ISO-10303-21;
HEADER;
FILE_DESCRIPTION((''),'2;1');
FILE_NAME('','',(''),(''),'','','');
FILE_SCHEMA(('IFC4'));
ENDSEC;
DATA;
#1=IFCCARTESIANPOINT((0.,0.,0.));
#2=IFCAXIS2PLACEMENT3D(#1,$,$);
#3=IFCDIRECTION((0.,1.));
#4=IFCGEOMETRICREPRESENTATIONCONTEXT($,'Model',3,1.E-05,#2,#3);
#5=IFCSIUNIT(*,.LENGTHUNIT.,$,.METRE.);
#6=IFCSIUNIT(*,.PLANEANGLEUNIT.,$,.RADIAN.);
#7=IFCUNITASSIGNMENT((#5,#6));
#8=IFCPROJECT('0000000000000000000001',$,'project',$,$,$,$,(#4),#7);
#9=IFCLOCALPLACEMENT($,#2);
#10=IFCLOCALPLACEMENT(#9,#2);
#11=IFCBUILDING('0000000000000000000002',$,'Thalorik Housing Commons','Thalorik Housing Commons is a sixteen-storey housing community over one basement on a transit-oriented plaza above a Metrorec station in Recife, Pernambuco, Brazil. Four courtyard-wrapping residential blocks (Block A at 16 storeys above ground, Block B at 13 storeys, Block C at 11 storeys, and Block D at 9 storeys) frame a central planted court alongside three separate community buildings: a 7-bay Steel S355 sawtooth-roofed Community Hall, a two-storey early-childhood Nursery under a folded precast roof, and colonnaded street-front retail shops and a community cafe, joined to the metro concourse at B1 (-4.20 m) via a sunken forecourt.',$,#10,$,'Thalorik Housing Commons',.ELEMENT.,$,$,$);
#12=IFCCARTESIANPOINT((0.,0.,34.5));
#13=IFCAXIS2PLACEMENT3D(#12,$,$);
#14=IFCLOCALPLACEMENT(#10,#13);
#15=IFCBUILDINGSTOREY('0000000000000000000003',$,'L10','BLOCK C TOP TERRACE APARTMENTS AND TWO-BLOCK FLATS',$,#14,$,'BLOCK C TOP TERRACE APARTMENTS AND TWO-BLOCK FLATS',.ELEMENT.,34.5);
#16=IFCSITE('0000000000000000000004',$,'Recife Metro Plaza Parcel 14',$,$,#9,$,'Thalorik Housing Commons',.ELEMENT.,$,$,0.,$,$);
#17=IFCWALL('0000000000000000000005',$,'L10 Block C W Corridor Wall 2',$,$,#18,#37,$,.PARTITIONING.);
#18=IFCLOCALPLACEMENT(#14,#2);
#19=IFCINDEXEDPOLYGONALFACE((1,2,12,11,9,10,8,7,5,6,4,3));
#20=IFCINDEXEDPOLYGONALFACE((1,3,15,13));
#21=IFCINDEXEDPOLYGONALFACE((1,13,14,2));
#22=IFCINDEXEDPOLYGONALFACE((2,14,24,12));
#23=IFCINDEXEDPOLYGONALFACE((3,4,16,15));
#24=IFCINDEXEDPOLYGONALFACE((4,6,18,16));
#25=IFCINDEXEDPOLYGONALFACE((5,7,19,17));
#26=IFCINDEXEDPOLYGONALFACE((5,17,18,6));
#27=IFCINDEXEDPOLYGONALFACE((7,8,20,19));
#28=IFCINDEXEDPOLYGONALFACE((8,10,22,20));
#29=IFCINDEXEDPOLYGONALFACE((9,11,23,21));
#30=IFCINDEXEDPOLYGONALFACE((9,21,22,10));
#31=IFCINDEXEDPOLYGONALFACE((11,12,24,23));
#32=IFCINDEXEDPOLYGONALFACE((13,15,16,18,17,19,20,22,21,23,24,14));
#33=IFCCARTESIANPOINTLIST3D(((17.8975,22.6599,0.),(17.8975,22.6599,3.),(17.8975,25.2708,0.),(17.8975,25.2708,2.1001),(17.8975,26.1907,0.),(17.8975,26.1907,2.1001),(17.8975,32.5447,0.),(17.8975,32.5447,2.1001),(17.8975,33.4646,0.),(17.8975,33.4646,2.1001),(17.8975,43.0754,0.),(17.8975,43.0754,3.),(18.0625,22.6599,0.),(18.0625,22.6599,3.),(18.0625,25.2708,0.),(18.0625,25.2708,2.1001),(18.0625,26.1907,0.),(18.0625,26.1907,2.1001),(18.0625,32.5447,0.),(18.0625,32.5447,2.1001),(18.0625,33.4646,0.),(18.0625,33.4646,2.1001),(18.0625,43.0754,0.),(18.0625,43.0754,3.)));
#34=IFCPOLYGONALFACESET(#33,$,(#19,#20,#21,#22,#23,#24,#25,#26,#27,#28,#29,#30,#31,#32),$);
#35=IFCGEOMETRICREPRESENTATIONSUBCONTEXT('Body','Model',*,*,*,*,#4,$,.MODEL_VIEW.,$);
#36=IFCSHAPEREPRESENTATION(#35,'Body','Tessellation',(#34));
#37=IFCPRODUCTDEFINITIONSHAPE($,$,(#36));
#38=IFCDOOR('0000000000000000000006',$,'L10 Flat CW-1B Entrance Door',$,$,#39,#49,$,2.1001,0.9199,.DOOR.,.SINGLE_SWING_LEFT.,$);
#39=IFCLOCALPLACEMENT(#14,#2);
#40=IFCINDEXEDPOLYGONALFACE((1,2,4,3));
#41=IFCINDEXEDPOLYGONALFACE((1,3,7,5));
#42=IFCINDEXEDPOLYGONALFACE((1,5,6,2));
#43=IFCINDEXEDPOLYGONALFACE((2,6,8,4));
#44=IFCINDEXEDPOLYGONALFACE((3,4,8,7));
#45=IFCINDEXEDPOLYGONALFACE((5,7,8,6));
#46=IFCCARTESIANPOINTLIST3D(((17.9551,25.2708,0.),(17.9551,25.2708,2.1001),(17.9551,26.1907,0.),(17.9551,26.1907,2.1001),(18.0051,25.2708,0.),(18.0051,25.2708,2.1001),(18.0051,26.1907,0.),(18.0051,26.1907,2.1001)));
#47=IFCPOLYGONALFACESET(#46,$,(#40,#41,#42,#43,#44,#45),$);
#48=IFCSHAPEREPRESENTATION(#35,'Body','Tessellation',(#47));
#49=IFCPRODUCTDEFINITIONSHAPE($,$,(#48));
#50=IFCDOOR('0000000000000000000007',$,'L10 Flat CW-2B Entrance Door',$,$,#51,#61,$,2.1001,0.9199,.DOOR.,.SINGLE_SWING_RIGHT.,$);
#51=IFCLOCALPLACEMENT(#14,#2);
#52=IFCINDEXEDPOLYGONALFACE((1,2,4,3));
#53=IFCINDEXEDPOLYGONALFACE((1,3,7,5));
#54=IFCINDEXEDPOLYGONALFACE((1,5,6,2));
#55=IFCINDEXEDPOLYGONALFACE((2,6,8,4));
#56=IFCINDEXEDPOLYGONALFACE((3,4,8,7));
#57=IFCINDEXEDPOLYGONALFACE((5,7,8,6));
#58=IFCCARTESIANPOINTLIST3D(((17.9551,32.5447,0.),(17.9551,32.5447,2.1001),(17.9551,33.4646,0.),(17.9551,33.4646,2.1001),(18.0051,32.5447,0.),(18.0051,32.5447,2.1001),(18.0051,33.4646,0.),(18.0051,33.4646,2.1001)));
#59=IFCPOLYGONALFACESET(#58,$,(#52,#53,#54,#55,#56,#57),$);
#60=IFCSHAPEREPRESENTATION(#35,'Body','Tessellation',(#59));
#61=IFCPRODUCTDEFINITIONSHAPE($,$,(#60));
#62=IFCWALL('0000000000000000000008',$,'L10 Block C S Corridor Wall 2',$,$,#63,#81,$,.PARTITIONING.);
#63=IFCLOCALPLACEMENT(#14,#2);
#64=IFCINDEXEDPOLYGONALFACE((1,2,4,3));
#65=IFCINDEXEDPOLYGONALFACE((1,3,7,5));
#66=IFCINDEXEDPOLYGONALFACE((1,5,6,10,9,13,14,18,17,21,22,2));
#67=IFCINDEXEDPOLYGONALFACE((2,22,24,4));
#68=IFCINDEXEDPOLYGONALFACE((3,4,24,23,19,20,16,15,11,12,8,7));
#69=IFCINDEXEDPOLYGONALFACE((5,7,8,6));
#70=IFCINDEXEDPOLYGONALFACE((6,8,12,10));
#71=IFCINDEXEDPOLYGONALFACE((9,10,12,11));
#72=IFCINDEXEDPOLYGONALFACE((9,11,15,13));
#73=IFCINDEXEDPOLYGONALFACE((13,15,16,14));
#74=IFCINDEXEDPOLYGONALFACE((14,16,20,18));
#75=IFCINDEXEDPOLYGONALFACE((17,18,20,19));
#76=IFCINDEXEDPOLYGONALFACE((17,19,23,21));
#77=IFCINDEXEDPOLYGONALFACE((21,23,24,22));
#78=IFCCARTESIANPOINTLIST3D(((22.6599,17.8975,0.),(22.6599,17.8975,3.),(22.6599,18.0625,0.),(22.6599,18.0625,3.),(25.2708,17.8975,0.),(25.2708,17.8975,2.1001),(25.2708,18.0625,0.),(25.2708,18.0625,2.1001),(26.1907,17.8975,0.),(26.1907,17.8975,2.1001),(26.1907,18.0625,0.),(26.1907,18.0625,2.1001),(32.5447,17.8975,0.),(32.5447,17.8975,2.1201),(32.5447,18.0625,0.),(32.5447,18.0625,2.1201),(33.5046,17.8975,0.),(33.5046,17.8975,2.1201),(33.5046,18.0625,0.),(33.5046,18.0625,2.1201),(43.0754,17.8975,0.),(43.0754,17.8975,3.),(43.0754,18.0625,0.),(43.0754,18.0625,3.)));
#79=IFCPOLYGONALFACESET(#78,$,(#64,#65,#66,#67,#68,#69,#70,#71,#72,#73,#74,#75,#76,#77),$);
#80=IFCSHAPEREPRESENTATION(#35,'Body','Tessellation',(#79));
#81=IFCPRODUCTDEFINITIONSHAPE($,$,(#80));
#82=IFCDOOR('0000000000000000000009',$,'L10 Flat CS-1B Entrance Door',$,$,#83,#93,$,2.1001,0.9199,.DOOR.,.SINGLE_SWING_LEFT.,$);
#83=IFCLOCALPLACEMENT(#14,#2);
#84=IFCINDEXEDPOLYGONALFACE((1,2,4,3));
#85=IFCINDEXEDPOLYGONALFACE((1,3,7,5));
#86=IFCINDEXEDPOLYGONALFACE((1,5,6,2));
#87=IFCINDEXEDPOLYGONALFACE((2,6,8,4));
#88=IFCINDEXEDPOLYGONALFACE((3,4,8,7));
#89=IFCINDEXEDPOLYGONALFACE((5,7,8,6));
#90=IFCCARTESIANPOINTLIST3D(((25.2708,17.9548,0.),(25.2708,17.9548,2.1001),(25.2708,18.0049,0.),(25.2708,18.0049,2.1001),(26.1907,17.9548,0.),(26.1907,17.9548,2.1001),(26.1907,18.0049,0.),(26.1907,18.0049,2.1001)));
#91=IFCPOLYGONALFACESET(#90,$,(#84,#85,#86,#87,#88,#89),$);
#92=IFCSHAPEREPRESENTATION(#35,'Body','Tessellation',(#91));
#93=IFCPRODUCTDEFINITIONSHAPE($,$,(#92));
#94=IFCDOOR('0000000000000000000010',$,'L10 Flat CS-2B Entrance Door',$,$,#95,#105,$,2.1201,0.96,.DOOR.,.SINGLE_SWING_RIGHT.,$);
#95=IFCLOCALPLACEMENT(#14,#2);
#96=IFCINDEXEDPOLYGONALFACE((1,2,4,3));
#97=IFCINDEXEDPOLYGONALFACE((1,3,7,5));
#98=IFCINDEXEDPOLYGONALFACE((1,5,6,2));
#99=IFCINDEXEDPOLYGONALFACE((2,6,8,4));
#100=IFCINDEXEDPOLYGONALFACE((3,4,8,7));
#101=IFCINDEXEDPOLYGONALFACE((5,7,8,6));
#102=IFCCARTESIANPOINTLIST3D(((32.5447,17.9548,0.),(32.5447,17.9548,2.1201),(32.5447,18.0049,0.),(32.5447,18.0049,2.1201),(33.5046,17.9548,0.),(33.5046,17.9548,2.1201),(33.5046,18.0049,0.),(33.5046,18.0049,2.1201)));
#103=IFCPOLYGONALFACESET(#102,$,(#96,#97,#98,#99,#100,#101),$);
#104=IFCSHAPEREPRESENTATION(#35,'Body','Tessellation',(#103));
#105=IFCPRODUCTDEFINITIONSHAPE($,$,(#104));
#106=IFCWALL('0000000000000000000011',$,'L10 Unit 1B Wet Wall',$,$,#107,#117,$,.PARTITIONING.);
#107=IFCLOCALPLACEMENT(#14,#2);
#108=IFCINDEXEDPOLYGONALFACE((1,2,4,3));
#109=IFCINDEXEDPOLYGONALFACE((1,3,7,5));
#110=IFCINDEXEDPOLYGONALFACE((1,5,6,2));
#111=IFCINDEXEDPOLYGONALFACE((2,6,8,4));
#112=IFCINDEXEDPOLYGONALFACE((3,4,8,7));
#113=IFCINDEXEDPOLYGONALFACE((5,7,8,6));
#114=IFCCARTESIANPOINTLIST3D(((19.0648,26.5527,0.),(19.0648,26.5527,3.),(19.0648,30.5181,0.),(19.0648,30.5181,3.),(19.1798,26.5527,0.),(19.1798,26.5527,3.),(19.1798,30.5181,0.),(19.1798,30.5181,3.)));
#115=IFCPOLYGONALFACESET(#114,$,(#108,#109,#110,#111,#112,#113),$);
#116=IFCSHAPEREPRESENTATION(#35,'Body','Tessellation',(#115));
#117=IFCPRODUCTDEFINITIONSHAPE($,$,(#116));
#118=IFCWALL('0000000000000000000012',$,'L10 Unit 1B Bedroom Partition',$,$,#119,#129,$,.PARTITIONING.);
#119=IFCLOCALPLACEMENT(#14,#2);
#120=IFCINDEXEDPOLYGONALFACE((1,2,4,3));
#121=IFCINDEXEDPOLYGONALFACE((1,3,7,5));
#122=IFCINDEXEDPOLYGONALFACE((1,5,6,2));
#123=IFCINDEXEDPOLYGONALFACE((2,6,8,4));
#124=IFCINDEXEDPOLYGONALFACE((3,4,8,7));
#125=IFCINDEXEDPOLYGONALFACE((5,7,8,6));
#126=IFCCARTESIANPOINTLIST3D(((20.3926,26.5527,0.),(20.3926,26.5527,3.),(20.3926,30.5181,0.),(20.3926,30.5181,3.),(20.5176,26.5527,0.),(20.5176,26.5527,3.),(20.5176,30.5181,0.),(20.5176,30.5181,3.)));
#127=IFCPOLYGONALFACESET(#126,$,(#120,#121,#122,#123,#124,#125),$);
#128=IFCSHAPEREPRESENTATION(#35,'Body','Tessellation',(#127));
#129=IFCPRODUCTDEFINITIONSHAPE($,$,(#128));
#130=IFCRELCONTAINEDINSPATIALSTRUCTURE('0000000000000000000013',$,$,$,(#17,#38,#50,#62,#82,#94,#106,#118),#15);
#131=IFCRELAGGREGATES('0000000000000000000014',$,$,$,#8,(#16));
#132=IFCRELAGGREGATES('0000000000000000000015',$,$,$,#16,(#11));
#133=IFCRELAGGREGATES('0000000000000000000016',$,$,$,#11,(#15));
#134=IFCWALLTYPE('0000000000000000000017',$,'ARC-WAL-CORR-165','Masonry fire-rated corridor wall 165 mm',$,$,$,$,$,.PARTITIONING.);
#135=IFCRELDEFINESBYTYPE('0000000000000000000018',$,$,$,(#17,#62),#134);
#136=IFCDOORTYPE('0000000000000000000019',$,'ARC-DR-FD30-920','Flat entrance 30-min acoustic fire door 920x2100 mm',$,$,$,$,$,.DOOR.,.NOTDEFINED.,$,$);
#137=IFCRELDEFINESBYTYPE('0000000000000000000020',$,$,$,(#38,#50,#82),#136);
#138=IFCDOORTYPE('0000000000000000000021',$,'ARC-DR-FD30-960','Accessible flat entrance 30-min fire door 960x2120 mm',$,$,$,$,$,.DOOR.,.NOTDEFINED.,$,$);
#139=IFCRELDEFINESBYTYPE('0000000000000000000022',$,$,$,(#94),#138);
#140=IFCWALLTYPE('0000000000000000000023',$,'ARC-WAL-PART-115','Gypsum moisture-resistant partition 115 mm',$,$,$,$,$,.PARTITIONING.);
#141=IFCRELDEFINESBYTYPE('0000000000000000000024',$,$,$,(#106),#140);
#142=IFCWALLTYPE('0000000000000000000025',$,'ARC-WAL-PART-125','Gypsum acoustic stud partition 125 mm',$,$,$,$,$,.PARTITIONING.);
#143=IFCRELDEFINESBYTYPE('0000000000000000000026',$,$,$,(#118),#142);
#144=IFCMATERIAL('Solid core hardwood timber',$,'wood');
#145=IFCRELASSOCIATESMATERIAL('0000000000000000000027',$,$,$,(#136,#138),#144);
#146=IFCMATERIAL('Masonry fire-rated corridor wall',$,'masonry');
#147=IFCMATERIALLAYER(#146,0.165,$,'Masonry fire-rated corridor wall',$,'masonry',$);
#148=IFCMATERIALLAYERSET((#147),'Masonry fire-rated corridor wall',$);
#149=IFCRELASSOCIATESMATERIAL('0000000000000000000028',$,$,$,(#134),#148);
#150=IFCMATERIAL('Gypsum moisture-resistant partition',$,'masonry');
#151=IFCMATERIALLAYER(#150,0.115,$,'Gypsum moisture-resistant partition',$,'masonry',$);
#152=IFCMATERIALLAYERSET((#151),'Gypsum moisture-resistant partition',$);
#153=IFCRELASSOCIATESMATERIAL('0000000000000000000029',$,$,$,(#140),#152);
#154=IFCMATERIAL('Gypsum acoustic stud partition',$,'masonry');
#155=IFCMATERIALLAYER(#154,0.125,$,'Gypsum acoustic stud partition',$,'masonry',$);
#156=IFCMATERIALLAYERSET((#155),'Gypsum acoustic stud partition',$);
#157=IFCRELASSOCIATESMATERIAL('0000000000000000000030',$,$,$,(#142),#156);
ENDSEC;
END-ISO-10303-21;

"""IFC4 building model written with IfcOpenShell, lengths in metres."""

from ifc_helpers import new_model, si_unit, direction, frame, frame_2d, origin, place, context, subcontext, project, spatial, rectangle, extrude, material, layer, layer_set, type_object, element, fill, save


model = new_model("IFC4")

# Units and contexts
model_context = context("Model", 3, precision=1e-05, world=origin(), true_north=direction((0.0, 1.0)))
body_context = subcontext(model_context, "Body", "Model", "MODEL_VIEW")
ifc_project = project(units=[si_unit("LENGTHUNIT", "METRE"), si_unit("PLANEANGLEUNIT", "RADIAN")], contexts=[model_context])

# Site, building, storey
site_placement = place(None, origin())
site = spatial("IfcSite", under=ifc_project, at=site_placement, Name="Recife Metro Plaza Parcel 14", LongName="Thalorik Housing Commons", CompositionType="ELEMENT", RefElevation=0.0)
building_placement = place(site_placement, origin())
building = spatial("IfcBuilding", under=site, at=building_placement, Name="Thalorik Housing Commons", Description="Thalorik Housing Commons is a sixteen-storey housing community over one basement on a transit-oriented plaza above a Metrorec station in Recife, Pernambuco, Brazil. Four courtyard-wrapping residential blocks (Block A at 16 storeys above ground, Block B at 13 storeys, Block C at 11 storeys, and Block D at 9 storeys) frame a central planted court alongside three separate community buildings: a 7-bay Steel S355 sawtooth-roofed Community Hall, a two-storey early-childhood Nursery under a folded precast roof, and colonnaded street-front retail shops and a community cafe, joined to the metro concourse at B1 (-4.20 m) via a sunken forecourt.", LongName="Thalorik Housing Commons", CompositionType="ELEMENT")
storey_placement = place(building_placement, frame((0.0, 0.0, 34.5)))
storey = spatial("IfcBuildingStorey", under=building, at=storey_placement, Name="L10", Description="BLOCK C TOP TERRACE APARTMENTS AND TWO-BLOCK FLATS", LongName="BLOCK C TOP TERRACE APARTMENTS AND TWO-BLOCK FLATS", CompositionType="ELEMENT", Elevation=34.5)

# Walls, openings, doors
ifc_material_1 = material(Name="Masonry fire-rated corridor wall", Category="masonry")
ifc_material_2 = material(Name="Solid core hardwood timber", Category="wood")
door_type_1 = type_object("IfcDoorType", Name="ARC-DR-FD30-920", Description="Flat entrance 30-min acoustic fire door 920x2100 mm", OperationType="NOTDEFINED", PredefinedType="DOOR", material=ifc_material_2)
ifc_layer_1 = layer(ifc_material_1, 0.165, Name="Masonry fire-rated corridor wall", Category="masonry")
ifc_layer_set_1 = layer_set([ifc_layer_1], Name="Masonry fire-rated corridor wall")
wall_type_1 = type_object("IfcWallType", Name="ARC-WAL-CORR-165", Description="Masonry fire-rated corridor wall 165 mm", PredefinedType="PARTITIONING", material=ifc_layer_set_1)
wall_1_placement = place(storey_placement, frame((17.98, 22.6599, 0.0), z_axis=(0.0, 0.0, 1.0), x_axis=(0.0, 1.0, 0.0)))
wall_1 = element("IfcWall", 1, at=wall_1_placement, inside=storey, type_object=wall_type_1, Name="L10 Block C W Corridor Wall 2", PredefinedType="PARTITIONING", context=body_context, shape_type="SweptSolid", body=[
    extrude(rectangle(XDim=20.4155, YDim=0.165, at=frame_2d((10.2078, 0.0))), origin(), (0.0, 0.0, 1.0), 3.0),
])
opening_1_placement = place(wall_1_placement, frame((2.6108, 0.0, 0.0)))
opening_1 = element("IfcOpeningElement", 2, at=opening_1_placement, cuts=wall_1, PredefinedType="OPENING", context=body_context, shape_type="SweptSolid", body=[
    extrude(rectangle(XDim=0.9199, YDim=2.1001, at=frame_2d((0.46, 1.05))), frame((0.0, 0.0925, 0.0), z_axis=(0.0, -1.0, 0.0), x_axis=(1.0, 0.0, 0.0)), (0.0, 0.0, 1.0), 0.1851),
])
opening_2_placement = place(wall_1_placement, frame((9.8848, 0.0, 0.0)))
opening_2 = element("IfcOpeningElement", 3, at=opening_2_placement, cuts=wall_1, PredefinedType="OPENING", context=body_context, shape_type="SweptSolid", body=[
    extrude(rectangle(XDim=0.9199, YDim=2.1001, at=frame_2d((0.46, 1.05))), frame((0.0, 0.0925, 0.0), z_axis=(0.0, -1.0, 0.0), x_axis=(1.0, 0.0, 0.0)), (0.0, 0.0, 1.0), 0.1851),
])
door_1_placement = place(opening_1_placement, origin())
door_1 = element("IfcDoor", 4, at=door_1_placement, inside=storey, type_object=door_type_1, Name="L10 Flat CW-1B Entrance Door", OperationType="SINGLE_SWING_LEFT", OverallHeight=2.1001, OverallWidth=0.9199, PredefinedType="DOOR", context=body_context, shape_type="SweptSolid", body=[
    extrude(rectangle(XDim=0.9199, YDim=2.1001, at=frame_2d((0.46, 1.05))), frame((0.0, 0.0249, 0.0), z_axis=(0.0, -1.0, 0.0), x_axis=(1.0, 0.0, 0.0)), (0.0, 0.0, 1.0), 0.05),
])
fill(opening_1, door_1)
door_2_placement = place(opening_2_placement, origin())
door_2 = element("IfcDoor", 5, at=door_2_placement, inside=storey, type_object=door_type_1, Name="L10 Flat CW-2B Entrance Door", OperationType="SINGLE_SWING_RIGHT", OverallHeight=2.1001, OverallWidth=0.9199, PredefinedType="DOOR", context=body_context, shape_type="SweptSolid", body=[
    extrude(rectangle(XDim=0.9199, YDim=2.1001, at=frame_2d((0.46, 1.05))), frame((0.0, 0.0249, 0.0), z_axis=(0.0, -1.0, 0.0), x_axis=(1.0, 0.0, 0.0)), (0.0, 0.0, 1.0), 0.05),
])
fill(opening_2, door_2)
wall_2_placement = place(storey_placement, frame((22.6599, 17.98, 0.0), z_axis=(0.0, 0.0, 1.0), x_axis=(1.0, 0.0, 0.0)))
wall_2 = element("IfcWall", 6, at=wall_2_placement, inside=storey, type_object=wall_type_1, Name="L10 Block C S Corridor Wall 2", PredefinedType="PARTITIONING", context=body_context, shape_type="SweptSolid", body=[
    extrude(rectangle(XDim=20.4155, YDim=0.165, at=frame_2d((10.2078, 0.0))), origin(), (0.0, 0.0, 1.0), 3.0),
])
opening_3_placement = place(wall_2_placement, frame((2.6108, 0.0, 0.0)))
opening_3 = element("IfcOpeningElement", 7, at=opening_3_placement, cuts=wall_2, PredefinedType="OPENING", context=body_context, shape_type="SweptSolid", body=[
    extrude(rectangle(XDim=0.9199, YDim=2.1001, at=frame_2d((0.46, 1.05))), frame((0.0, 0.0925, 0.0), z_axis=(0.0, -1.0, 0.0), x_axis=(1.0, 0.0, 0.0)), (0.0, 0.0, 1.0), 0.1851),
])
opening_4_placement = place(wall_2_placement, frame((9.8848, 0.0, 0.0)))
opening_4 = element("IfcOpeningElement", 8, at=opening_4_placement, cuts=wall_2, PredefinedType="OPENING", context=body_context, shape_type="SweptSolid", body=[
    extrude(rectangle(XDim=0.96, YDim=2.1201, at=frame_2d((0.48, 1.0601))), frame((0.0, 0.0925, 0.0), z_axis=(0.0, -1.0, 0.0), x_axis=(1.0, 0.0, 0.0)), (0.0, 0.0, 1.0), 0.1851),
])
door_3_placement = place(opening_3_placement, origin())
door_3 = element("IfcDoor", 9, at=door_3_placement, inside=storey, type_object=door_type_1, Name="L10 Flat CS-1B Entrance Door", OperationType="SINGLE_SWING_LEFT", OverallHeight=2.1001, OverallWidth=0.9199, PredefinedType="DOOR", context=body_context, shape_type="SweptSolid", body=[
    extrude(rectangle(XDim=0.9199, YDim=2.1001, at=frame_2d((0.46, 1.05))), frame((0.0, 0.0249, 0.0), z_axis=(0.0, -1.0, 0.0), x_axis=(1.0, 0.0, 0.0)), (0.0, 0.0, 1.0), 0.05),
])
fill(opening_3, door_3)
door_type_2 = type_object("IfcDoorType", Name="ARC-DR-FD30-960", Description="Accessible flat entrance 30-min fire door 960x2120 mm", OperationType="NOTDEFINED", PredefinedType="DOOR", material=ifc_material_2)
door_4_placement = place(opening_4_placement, origin())
door_4 = element("IfcDoor", 10, at=door_4_placement, inside=storey, type_object=door_type_2, Name="L10 Flat CS-2B Entrance Door", OperationType="SINGLE_SWING_RIGHT", OverallHeight=2.1201, OverallWidth=0.96, PredefinedType="DOOR", context=body_context, shape_type="SweptSolid", body=[
    extrude(rectangle(XDim=0.96, YDim=2.1201, at=frame_2d((0.48, 1.0601))), frame((0.0, 0.0249, 0.0), z_axis=(0.0, -1.0, 0.0), x_axis=(1.0, 0.0, 0.0)), (0.0, 0.0, 1.0), 0.05),
])
fill(opening_4, door_4)

# Walls
ifc_material_3 = material(Name="Gypsum moisture-resistant partition", Category="masonry")
ifc_layer_2 = layer(ifc_material_3, 0.115, Name="Gypsum moisture-resistant partition", Category="masonry")
ifc_layer_set_2 = layer_set([ifc_layer_2], Name="Gypsum moisture-resistant partition")
wall_type_2 = type_object("IfcWallType", Name="ARC-WAL-PART-115", Description="Gypsum moisture-resistant partition 115 mm", PredefinedType="PARTITIONING", material=ifc_layer_set_2)
wall_3_placement = place(storey_placement, frame((19.1223, 26.5527, 0.0), z_axis=(0.0, 0.0, 1.0), x_axis=(0.0, 1.0, 0.0)))
element("IfcWall", 11, at=wall_3_placement, inside=storey, type_object=wall_type_2, Name="L10 Unit 1B Wet Wall", PredefinedType="PARTITIONING", context=body_context, shape_type="SweptSolid", body=[
    extrude(rectangle(XDim=3.9653, YDim=0.115, at=frame_2d((1.9827, 0.0))), origin(), (0.0, 0.0, 1.0), 3.0),
])
ifc_material_4 = material(Name="Gypsum acoustic stud partition", Category="masonry")
ifc_layer_3 = layer(ifc_material_4, 0.125, Name="Gypsum acoustic stud partition", Category="masonry")
ifc_layer_set_3 = layer_set([ifc_layer_3], Name="Gypsum acoustic stud partition")
wall_type_3 = type_object("IfcWallType", Name="ARC-WAL-PART-125", Description="Gypsum acoustic stud partition 125 mm", PredefinedType="PARTITIONING", material=ifc_layer_set_3)
wall_4_placement = place(storey_placement, frame((20.4551, 26.5527, 0.0), z_axis=(0.0, 0.0, 1.0), x_axis=(0.0, 1.0, 0.0)))
element("IfcWall", 12, at=wall_4_placement, inside=storey, type_object=wall_type_3, Name="L10 Unit 1B Bedroom Partition", PredefinedType="PARTITIONING", context=body_context, shape_type="SweptSolid", body=[
    extrude(rectangle(XDim=3.9653, YDim=0.125, at=frame_2d((1.9827, 0.0))), origin(), (0.0, 0.0, 1.0), 3.0),
])

save(model, "model.ifc")
